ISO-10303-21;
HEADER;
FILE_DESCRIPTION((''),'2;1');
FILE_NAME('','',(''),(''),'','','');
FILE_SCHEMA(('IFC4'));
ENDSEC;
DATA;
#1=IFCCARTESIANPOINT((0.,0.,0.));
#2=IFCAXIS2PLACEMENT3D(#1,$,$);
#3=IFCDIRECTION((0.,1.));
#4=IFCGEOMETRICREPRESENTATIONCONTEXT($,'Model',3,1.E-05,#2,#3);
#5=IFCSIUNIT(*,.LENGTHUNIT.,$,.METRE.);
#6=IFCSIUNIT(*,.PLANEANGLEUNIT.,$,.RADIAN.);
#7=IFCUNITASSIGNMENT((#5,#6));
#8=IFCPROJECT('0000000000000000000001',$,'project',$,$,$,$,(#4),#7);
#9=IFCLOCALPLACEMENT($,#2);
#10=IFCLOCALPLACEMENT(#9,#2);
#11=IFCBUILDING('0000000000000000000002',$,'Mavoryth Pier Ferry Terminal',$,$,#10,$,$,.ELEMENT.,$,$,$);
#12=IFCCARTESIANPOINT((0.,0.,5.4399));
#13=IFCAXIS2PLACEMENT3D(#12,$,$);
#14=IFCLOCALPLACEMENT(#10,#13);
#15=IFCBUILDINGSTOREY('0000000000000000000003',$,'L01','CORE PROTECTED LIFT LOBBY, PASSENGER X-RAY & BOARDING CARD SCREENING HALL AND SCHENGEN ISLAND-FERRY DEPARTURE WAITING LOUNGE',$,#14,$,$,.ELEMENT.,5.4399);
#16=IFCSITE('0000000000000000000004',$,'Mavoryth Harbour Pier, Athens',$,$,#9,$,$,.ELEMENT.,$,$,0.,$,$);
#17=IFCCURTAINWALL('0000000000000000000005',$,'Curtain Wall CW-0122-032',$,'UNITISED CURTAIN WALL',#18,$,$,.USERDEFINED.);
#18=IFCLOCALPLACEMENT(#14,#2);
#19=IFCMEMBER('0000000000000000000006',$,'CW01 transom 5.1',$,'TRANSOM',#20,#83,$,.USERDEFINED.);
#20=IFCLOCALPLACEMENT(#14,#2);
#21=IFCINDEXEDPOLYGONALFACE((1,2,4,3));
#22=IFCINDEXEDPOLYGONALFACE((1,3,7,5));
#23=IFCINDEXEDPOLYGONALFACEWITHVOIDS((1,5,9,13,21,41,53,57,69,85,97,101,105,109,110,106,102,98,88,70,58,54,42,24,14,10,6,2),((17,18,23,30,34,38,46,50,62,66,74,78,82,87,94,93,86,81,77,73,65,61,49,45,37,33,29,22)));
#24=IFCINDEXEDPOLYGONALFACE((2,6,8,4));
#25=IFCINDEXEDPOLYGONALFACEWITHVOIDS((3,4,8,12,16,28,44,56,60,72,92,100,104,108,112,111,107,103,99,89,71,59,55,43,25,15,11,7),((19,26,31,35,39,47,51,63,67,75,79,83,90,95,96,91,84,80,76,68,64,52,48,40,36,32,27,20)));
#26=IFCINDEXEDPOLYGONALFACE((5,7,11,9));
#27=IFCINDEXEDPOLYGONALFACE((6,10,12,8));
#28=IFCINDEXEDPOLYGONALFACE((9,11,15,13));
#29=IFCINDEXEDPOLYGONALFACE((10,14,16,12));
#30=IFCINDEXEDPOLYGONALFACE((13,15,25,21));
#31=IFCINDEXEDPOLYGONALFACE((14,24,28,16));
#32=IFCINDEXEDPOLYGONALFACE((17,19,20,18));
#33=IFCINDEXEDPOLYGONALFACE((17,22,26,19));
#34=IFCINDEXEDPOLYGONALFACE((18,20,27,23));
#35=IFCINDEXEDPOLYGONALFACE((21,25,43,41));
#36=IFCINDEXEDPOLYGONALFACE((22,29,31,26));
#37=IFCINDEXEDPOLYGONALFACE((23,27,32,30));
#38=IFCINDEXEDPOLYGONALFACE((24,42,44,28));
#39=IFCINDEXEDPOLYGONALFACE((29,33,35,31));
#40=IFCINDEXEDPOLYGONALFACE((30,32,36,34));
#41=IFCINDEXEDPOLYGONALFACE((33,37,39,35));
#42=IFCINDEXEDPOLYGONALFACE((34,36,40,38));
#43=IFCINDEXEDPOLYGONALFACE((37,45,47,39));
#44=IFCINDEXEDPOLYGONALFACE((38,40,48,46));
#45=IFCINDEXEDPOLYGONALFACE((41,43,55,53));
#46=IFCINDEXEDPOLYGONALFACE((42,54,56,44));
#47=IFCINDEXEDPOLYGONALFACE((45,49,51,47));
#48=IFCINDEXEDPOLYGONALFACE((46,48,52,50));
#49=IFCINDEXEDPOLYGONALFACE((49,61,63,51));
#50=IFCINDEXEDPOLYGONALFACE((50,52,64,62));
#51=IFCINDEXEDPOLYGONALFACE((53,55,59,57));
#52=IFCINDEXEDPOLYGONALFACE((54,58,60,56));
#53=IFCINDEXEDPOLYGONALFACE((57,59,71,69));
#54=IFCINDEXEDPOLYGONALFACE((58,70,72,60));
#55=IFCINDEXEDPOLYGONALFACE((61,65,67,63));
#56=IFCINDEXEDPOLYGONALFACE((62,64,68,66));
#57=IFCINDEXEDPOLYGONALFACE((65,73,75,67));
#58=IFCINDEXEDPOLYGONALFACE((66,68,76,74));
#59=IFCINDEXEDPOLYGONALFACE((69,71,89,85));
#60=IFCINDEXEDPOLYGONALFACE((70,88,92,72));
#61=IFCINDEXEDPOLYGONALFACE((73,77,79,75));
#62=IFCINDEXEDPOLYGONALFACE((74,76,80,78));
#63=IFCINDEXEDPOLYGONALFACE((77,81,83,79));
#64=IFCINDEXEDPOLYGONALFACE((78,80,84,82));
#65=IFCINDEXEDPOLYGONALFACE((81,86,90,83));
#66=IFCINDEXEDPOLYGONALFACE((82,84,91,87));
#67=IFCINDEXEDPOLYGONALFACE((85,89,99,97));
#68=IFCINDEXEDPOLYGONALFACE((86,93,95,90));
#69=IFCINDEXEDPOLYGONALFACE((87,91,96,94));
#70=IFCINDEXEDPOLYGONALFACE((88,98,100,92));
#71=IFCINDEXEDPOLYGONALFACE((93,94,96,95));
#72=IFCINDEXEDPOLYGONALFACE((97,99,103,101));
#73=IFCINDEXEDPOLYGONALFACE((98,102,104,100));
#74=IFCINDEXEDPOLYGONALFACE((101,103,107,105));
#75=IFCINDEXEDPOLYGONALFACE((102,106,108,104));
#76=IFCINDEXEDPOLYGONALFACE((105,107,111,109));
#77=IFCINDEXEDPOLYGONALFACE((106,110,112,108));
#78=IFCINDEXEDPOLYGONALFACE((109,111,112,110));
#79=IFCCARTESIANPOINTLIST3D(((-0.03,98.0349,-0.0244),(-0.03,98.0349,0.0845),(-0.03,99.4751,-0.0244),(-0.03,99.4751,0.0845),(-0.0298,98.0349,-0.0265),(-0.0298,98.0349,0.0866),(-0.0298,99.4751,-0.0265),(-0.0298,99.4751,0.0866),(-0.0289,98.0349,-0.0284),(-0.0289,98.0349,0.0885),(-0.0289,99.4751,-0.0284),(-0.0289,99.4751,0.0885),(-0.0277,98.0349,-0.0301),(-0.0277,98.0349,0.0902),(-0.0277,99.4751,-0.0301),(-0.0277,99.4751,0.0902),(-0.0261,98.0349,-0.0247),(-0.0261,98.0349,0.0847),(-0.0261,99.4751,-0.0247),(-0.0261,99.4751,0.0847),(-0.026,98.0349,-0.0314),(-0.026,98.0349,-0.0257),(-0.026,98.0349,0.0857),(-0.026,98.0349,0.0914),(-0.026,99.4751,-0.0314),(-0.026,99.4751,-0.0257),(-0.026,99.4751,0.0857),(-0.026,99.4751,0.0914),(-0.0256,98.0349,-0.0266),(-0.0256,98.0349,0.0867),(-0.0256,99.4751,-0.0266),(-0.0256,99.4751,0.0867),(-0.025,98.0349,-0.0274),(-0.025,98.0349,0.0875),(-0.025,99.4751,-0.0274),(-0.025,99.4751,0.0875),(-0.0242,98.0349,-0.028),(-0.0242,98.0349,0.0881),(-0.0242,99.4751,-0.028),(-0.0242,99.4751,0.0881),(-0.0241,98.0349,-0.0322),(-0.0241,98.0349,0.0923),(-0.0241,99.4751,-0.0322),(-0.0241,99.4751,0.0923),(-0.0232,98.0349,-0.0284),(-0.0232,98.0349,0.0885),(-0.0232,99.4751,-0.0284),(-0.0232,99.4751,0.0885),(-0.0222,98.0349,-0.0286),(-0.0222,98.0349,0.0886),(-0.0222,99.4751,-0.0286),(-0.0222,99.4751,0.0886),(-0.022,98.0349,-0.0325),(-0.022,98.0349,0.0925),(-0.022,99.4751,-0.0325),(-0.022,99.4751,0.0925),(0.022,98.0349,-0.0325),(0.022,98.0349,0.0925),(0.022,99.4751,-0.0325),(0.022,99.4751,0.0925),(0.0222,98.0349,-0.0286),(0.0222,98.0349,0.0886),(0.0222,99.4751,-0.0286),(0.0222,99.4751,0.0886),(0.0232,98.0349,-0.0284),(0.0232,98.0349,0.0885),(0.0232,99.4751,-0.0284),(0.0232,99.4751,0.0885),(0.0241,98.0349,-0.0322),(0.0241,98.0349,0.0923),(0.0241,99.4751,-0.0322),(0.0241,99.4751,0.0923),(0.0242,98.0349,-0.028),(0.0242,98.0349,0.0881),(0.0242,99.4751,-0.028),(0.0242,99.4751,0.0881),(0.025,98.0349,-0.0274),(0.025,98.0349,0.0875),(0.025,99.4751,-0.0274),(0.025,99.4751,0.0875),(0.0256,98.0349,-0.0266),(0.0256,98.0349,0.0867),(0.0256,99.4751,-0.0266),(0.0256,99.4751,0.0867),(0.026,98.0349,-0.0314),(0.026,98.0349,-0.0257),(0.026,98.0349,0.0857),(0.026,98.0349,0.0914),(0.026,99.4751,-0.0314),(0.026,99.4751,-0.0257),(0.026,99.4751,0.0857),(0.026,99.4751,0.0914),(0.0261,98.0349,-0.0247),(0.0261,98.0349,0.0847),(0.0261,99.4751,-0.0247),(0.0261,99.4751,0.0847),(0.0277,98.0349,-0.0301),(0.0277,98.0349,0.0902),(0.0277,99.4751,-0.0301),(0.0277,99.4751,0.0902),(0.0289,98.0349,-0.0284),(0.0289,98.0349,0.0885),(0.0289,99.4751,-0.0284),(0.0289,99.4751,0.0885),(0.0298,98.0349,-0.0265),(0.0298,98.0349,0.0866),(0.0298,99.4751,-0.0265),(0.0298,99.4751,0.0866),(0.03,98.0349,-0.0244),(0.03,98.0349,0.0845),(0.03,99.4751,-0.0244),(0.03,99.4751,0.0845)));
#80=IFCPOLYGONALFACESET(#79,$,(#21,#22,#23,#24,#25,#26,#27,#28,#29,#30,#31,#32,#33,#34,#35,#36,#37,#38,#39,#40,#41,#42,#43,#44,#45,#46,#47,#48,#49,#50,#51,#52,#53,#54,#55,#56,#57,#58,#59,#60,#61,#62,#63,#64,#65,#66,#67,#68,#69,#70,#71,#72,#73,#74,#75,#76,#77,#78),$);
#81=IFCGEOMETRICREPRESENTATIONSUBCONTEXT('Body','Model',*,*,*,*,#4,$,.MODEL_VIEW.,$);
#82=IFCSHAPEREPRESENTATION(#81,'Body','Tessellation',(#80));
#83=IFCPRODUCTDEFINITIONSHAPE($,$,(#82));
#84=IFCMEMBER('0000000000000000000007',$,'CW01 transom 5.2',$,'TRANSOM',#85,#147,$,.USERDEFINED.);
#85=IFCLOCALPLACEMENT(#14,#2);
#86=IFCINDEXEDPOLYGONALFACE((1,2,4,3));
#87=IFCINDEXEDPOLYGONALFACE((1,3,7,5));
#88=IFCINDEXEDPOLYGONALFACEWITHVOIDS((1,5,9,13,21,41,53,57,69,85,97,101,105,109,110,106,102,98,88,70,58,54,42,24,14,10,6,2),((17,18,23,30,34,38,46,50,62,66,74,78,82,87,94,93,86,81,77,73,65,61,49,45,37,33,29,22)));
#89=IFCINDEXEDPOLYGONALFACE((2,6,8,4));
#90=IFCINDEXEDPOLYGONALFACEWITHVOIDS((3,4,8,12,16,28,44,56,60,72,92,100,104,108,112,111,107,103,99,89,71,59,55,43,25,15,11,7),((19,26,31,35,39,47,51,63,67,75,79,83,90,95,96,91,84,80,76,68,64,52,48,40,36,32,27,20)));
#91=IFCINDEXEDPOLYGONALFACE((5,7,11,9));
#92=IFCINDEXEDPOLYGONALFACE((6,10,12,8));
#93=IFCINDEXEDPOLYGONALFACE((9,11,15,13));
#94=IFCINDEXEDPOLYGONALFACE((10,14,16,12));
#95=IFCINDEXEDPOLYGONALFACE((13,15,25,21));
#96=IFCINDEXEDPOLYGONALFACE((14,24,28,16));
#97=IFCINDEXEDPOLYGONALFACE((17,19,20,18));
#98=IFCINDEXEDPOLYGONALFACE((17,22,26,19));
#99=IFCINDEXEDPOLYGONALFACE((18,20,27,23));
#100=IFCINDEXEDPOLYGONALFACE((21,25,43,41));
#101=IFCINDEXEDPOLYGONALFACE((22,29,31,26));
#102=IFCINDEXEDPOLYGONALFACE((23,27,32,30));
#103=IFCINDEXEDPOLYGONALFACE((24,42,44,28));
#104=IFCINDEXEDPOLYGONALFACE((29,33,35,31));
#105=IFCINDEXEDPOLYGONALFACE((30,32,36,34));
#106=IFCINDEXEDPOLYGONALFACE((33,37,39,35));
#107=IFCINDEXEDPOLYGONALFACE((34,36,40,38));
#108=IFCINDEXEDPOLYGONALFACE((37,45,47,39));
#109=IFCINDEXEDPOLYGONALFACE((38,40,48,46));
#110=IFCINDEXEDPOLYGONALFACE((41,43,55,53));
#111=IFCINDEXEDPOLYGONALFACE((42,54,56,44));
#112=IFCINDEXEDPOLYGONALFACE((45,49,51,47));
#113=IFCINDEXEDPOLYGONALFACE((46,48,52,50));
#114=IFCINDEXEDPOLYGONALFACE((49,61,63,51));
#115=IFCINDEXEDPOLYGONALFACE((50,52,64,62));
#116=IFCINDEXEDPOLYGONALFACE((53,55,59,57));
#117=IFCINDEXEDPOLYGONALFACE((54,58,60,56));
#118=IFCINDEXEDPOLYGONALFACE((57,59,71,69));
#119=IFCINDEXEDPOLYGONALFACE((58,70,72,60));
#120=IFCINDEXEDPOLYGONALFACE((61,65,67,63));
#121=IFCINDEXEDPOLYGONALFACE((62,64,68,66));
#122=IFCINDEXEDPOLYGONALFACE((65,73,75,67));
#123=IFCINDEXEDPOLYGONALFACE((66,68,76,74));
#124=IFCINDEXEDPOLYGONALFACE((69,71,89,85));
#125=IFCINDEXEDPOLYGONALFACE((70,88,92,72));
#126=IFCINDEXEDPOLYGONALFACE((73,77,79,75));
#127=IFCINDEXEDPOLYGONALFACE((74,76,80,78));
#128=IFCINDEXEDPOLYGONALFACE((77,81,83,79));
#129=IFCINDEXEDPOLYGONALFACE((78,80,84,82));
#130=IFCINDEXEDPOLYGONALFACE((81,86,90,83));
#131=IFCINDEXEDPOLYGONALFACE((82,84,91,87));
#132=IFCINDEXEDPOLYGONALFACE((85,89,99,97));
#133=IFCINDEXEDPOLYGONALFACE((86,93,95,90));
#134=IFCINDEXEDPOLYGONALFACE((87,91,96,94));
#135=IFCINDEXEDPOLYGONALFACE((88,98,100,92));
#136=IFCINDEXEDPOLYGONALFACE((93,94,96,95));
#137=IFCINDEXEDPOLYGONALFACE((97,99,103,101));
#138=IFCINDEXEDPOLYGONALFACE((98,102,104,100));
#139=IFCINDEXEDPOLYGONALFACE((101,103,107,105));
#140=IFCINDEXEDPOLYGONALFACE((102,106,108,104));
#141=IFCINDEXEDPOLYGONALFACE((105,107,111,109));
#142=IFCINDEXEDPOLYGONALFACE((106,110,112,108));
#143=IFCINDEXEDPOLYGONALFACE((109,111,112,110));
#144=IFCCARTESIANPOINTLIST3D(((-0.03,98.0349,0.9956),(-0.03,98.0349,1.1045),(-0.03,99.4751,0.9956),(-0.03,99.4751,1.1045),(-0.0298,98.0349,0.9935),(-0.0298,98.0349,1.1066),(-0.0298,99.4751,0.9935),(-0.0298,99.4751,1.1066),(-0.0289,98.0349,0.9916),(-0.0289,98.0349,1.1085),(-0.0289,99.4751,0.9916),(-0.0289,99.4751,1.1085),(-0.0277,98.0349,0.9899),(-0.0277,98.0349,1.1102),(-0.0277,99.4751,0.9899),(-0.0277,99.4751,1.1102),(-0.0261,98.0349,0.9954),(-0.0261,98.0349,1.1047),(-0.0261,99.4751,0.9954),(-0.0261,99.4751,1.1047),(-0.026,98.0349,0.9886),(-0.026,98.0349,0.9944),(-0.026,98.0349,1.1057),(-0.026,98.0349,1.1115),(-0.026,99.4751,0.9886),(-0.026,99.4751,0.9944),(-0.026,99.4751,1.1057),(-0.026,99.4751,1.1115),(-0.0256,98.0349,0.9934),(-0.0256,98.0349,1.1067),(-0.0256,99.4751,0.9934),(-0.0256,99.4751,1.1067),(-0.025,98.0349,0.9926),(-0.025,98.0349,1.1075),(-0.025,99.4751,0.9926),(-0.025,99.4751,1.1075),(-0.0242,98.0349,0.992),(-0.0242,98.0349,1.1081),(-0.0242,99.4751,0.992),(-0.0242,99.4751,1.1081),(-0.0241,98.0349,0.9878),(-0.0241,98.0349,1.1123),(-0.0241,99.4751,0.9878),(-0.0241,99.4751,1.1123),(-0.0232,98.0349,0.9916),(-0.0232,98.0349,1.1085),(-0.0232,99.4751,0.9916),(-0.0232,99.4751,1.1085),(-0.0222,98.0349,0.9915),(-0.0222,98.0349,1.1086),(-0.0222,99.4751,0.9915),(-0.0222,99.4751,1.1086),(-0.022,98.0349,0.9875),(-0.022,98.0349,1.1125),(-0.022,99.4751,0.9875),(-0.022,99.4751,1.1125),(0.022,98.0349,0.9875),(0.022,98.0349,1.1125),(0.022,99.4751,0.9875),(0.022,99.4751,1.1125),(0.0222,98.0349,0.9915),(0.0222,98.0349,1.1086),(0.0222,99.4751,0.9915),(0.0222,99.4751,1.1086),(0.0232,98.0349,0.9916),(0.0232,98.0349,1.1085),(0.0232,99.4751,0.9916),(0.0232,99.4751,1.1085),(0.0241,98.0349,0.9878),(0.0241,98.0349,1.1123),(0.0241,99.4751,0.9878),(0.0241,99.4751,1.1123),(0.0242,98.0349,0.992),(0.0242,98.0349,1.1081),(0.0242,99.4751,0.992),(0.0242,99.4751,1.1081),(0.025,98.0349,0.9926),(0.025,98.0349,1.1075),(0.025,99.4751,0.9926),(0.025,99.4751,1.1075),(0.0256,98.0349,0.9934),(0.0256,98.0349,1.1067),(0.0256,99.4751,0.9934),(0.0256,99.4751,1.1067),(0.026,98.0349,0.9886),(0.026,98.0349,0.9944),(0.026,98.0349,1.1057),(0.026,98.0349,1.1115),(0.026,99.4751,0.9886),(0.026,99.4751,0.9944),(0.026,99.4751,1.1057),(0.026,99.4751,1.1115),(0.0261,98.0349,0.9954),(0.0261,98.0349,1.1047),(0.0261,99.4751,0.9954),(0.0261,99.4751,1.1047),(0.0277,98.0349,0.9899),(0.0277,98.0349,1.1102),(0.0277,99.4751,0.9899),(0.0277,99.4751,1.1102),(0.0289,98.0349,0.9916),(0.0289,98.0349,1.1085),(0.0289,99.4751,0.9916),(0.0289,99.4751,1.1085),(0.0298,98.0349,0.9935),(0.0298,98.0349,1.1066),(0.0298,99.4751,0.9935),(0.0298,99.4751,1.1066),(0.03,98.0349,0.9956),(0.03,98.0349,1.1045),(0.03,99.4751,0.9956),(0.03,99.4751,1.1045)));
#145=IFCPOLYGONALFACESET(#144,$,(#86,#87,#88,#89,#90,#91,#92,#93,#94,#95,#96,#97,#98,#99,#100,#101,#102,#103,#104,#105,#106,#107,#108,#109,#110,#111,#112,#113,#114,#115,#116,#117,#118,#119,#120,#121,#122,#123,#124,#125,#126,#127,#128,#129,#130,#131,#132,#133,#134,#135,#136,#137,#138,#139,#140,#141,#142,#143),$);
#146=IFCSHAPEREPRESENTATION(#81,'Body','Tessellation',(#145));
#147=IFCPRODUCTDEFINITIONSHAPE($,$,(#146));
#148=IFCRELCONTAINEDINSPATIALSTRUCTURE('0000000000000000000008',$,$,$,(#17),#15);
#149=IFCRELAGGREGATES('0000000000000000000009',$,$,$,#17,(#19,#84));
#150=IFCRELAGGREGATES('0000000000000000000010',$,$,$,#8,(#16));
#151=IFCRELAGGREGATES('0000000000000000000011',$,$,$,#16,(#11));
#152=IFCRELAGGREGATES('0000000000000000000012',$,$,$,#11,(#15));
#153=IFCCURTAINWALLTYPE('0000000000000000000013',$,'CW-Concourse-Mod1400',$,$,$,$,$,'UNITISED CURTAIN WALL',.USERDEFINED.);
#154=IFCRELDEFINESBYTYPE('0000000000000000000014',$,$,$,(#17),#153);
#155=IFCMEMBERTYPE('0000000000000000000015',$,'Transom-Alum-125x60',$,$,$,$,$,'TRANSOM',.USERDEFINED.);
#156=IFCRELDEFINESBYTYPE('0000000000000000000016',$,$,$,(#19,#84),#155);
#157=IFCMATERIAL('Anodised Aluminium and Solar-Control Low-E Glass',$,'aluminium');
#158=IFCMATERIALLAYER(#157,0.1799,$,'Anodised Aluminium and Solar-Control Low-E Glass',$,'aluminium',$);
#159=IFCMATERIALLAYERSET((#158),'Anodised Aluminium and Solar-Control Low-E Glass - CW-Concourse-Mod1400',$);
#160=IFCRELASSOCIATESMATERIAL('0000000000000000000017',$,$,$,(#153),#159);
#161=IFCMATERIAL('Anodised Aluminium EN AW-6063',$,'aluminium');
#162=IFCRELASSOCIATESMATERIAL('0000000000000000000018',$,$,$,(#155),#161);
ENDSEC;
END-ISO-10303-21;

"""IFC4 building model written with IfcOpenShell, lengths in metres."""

from ifc_helpers import new_model, si_unit, direction, frame, origin, origin_2d, place, context, subcontext, project, spatial, hollow_rectangle, extrude, material, layer, layer_set, material_profile, profile_set, type_object, element, aggregate, save


model = new_model("IFC4")

# Units and contexts
model_context = context("Model", 3, precision=1e-05, world=origin(), true_north=direction((0.0, 1.0)))
body_context = subcontext(model_context, "Body", "Model", "MODEL_VIEW")
ifc_project = project(units=[si_unit("LENGTHUNIT", "METRE"), si_unit("PLANEANGLEUNIT", "RADIAN")], contexts=[model_context])

# Site, building, storey
site_placement = place(None, origin())
site = spatial("IfcSite", under=ifc_project, at=site_placement, Name="Mavoryth Harbour Pier, Athens", CompositionType="ELEMENT", RefElevation=0.0)
building_placement = place(site_placement, origin())
building = spatial("IfcBuilding", under=site, at=building_placement, Name="Mavoryth Pier Ferry Terminal", CompositionType="ELEMENT")
storey_placement = place(building_placement, frame((0.0, 0.0, 5.4399)))
storey = spatial("IfcBuildingStorey", under=building, at=storey_placement, Name="L01", Description="CORE PROTECTED LIFT LOBBY, PASSENGER X-RAY & BOARDING CARD SCREENING HALL AND SCHENGEN ISLAND-FERRY DEPARTURE WAITING LOUNGE", CompositionType="ELEMENT", Elevation=5.4399)

# Curtain wall
ifc_material_1 = material(Name="Anodised Aluminium and Solar-Control Low-E Glass", Category="aluminium")
ifc_layer_1 = layer(ifc_material_1, 0.1799, Name="Anodised Aluminium and Solar-Control Low-E Glass", Category="aluminium")
ifc_layer_set_1 = layer_set([ifc_layer_1], Name="Anodised Aluminium and Solar-Control Low-E Glass - CW-Concourse-Mod1400")
curtain_wall_type = type_object("IfcCurtainWallType", Name="CW-Concourse-Mod1400", ElementType="UNITISED CURTAIN WALL", PredefinedType="USERDEFINED", material=ifc_layer_set_1)
curtain_wall_placement = place(storey_placement, origin())
curtain_wall = element("IfcCurtainWall", 1, at=curtain_wall_placement, inside=storey, type_object=curtain_wall_type, Name="Curtain Wall CW-0122-032", ObjectType="UNITISED CURTAIN WALL", PredefinedType="USERDEFINED")
ifc_material_2 = material(Name="Anodised Aluminium EN AW-6063", Category="aluminium")

# Members
ifc_material_profile_1 = material_profile(ifc_material_2, hollow_rectangle(XDim=0.0601, YDim=0.125, WallThickness=0.0039, InnerFilletRadius=0.0039, OuterFilletRadius=0.0081, at=origin_2d()), Name="AL-TRAN 125x60x4", Category="aluminium")
ifc_profile_set_1 = profile_set([ifc_material_profile_1], Name="Anodised Aluminium EN AW-6063 - AL-TRAN 125x60x4")
member_type_1 = type_object("IfcMemberType", Name="Transom-Alum-125x60", ElementType="TRANSOM", PredefinedType="USERDEFINED", material=ifc_profile_set_1)
member_1_placement = place(storey_placement, frame((0.0, 99.4751, 0.03), z_axis=(0.0, -1.0, 0.0), x_axis=(1.0, 0.0, 0.0)))
member_1 = element("IfcMember", 2, at=member_1_placement, type_object=member_type_1, Name="CW01 transom 5.1", ObjectType="TRANSOM", PredefinedType="USERDEFINED", context=body_context, shape_type="SweptSolid", body=[
    extrude(hollow_rectangle(XDim=0.0601, YDim=0.125, WallThickness=0.0039, InnerFilletRadius=0.0039, OuterFilletRadius=0.0081, at=origin_2d()), origin(), (0.0, 0.0, 1.0), 1.4402),
])
member_2_placement = place(storey_placement, frame((0.0, 99.4751, 1.05), z_axis=(0.0, -1.0, 0.0), x_axis=(1.0, 0.0, 0.0)))
member_2 = element("IfcMember", 3, at=member_2_placement, type_object=member_type_1, Name="CW01 transom 5.2", ObjectType="TRANSOM", PredefinedType="USERDEFINED", context=body_context, shape_type="SweptSolid", body=[
    extrude(hollow_rectangle(XDim=0.0601, YDim=0.125, WallThickness=0.0039, InnerFilletRadius=0.0039, OuterFilletRadius=0.0081, at=origin_2d()), origin(), (0.0, 0.0, 1.0), 1.4402),
])

aggregate(curtain_wall, [member_1, member_2])

save(model, "model.ifc")
